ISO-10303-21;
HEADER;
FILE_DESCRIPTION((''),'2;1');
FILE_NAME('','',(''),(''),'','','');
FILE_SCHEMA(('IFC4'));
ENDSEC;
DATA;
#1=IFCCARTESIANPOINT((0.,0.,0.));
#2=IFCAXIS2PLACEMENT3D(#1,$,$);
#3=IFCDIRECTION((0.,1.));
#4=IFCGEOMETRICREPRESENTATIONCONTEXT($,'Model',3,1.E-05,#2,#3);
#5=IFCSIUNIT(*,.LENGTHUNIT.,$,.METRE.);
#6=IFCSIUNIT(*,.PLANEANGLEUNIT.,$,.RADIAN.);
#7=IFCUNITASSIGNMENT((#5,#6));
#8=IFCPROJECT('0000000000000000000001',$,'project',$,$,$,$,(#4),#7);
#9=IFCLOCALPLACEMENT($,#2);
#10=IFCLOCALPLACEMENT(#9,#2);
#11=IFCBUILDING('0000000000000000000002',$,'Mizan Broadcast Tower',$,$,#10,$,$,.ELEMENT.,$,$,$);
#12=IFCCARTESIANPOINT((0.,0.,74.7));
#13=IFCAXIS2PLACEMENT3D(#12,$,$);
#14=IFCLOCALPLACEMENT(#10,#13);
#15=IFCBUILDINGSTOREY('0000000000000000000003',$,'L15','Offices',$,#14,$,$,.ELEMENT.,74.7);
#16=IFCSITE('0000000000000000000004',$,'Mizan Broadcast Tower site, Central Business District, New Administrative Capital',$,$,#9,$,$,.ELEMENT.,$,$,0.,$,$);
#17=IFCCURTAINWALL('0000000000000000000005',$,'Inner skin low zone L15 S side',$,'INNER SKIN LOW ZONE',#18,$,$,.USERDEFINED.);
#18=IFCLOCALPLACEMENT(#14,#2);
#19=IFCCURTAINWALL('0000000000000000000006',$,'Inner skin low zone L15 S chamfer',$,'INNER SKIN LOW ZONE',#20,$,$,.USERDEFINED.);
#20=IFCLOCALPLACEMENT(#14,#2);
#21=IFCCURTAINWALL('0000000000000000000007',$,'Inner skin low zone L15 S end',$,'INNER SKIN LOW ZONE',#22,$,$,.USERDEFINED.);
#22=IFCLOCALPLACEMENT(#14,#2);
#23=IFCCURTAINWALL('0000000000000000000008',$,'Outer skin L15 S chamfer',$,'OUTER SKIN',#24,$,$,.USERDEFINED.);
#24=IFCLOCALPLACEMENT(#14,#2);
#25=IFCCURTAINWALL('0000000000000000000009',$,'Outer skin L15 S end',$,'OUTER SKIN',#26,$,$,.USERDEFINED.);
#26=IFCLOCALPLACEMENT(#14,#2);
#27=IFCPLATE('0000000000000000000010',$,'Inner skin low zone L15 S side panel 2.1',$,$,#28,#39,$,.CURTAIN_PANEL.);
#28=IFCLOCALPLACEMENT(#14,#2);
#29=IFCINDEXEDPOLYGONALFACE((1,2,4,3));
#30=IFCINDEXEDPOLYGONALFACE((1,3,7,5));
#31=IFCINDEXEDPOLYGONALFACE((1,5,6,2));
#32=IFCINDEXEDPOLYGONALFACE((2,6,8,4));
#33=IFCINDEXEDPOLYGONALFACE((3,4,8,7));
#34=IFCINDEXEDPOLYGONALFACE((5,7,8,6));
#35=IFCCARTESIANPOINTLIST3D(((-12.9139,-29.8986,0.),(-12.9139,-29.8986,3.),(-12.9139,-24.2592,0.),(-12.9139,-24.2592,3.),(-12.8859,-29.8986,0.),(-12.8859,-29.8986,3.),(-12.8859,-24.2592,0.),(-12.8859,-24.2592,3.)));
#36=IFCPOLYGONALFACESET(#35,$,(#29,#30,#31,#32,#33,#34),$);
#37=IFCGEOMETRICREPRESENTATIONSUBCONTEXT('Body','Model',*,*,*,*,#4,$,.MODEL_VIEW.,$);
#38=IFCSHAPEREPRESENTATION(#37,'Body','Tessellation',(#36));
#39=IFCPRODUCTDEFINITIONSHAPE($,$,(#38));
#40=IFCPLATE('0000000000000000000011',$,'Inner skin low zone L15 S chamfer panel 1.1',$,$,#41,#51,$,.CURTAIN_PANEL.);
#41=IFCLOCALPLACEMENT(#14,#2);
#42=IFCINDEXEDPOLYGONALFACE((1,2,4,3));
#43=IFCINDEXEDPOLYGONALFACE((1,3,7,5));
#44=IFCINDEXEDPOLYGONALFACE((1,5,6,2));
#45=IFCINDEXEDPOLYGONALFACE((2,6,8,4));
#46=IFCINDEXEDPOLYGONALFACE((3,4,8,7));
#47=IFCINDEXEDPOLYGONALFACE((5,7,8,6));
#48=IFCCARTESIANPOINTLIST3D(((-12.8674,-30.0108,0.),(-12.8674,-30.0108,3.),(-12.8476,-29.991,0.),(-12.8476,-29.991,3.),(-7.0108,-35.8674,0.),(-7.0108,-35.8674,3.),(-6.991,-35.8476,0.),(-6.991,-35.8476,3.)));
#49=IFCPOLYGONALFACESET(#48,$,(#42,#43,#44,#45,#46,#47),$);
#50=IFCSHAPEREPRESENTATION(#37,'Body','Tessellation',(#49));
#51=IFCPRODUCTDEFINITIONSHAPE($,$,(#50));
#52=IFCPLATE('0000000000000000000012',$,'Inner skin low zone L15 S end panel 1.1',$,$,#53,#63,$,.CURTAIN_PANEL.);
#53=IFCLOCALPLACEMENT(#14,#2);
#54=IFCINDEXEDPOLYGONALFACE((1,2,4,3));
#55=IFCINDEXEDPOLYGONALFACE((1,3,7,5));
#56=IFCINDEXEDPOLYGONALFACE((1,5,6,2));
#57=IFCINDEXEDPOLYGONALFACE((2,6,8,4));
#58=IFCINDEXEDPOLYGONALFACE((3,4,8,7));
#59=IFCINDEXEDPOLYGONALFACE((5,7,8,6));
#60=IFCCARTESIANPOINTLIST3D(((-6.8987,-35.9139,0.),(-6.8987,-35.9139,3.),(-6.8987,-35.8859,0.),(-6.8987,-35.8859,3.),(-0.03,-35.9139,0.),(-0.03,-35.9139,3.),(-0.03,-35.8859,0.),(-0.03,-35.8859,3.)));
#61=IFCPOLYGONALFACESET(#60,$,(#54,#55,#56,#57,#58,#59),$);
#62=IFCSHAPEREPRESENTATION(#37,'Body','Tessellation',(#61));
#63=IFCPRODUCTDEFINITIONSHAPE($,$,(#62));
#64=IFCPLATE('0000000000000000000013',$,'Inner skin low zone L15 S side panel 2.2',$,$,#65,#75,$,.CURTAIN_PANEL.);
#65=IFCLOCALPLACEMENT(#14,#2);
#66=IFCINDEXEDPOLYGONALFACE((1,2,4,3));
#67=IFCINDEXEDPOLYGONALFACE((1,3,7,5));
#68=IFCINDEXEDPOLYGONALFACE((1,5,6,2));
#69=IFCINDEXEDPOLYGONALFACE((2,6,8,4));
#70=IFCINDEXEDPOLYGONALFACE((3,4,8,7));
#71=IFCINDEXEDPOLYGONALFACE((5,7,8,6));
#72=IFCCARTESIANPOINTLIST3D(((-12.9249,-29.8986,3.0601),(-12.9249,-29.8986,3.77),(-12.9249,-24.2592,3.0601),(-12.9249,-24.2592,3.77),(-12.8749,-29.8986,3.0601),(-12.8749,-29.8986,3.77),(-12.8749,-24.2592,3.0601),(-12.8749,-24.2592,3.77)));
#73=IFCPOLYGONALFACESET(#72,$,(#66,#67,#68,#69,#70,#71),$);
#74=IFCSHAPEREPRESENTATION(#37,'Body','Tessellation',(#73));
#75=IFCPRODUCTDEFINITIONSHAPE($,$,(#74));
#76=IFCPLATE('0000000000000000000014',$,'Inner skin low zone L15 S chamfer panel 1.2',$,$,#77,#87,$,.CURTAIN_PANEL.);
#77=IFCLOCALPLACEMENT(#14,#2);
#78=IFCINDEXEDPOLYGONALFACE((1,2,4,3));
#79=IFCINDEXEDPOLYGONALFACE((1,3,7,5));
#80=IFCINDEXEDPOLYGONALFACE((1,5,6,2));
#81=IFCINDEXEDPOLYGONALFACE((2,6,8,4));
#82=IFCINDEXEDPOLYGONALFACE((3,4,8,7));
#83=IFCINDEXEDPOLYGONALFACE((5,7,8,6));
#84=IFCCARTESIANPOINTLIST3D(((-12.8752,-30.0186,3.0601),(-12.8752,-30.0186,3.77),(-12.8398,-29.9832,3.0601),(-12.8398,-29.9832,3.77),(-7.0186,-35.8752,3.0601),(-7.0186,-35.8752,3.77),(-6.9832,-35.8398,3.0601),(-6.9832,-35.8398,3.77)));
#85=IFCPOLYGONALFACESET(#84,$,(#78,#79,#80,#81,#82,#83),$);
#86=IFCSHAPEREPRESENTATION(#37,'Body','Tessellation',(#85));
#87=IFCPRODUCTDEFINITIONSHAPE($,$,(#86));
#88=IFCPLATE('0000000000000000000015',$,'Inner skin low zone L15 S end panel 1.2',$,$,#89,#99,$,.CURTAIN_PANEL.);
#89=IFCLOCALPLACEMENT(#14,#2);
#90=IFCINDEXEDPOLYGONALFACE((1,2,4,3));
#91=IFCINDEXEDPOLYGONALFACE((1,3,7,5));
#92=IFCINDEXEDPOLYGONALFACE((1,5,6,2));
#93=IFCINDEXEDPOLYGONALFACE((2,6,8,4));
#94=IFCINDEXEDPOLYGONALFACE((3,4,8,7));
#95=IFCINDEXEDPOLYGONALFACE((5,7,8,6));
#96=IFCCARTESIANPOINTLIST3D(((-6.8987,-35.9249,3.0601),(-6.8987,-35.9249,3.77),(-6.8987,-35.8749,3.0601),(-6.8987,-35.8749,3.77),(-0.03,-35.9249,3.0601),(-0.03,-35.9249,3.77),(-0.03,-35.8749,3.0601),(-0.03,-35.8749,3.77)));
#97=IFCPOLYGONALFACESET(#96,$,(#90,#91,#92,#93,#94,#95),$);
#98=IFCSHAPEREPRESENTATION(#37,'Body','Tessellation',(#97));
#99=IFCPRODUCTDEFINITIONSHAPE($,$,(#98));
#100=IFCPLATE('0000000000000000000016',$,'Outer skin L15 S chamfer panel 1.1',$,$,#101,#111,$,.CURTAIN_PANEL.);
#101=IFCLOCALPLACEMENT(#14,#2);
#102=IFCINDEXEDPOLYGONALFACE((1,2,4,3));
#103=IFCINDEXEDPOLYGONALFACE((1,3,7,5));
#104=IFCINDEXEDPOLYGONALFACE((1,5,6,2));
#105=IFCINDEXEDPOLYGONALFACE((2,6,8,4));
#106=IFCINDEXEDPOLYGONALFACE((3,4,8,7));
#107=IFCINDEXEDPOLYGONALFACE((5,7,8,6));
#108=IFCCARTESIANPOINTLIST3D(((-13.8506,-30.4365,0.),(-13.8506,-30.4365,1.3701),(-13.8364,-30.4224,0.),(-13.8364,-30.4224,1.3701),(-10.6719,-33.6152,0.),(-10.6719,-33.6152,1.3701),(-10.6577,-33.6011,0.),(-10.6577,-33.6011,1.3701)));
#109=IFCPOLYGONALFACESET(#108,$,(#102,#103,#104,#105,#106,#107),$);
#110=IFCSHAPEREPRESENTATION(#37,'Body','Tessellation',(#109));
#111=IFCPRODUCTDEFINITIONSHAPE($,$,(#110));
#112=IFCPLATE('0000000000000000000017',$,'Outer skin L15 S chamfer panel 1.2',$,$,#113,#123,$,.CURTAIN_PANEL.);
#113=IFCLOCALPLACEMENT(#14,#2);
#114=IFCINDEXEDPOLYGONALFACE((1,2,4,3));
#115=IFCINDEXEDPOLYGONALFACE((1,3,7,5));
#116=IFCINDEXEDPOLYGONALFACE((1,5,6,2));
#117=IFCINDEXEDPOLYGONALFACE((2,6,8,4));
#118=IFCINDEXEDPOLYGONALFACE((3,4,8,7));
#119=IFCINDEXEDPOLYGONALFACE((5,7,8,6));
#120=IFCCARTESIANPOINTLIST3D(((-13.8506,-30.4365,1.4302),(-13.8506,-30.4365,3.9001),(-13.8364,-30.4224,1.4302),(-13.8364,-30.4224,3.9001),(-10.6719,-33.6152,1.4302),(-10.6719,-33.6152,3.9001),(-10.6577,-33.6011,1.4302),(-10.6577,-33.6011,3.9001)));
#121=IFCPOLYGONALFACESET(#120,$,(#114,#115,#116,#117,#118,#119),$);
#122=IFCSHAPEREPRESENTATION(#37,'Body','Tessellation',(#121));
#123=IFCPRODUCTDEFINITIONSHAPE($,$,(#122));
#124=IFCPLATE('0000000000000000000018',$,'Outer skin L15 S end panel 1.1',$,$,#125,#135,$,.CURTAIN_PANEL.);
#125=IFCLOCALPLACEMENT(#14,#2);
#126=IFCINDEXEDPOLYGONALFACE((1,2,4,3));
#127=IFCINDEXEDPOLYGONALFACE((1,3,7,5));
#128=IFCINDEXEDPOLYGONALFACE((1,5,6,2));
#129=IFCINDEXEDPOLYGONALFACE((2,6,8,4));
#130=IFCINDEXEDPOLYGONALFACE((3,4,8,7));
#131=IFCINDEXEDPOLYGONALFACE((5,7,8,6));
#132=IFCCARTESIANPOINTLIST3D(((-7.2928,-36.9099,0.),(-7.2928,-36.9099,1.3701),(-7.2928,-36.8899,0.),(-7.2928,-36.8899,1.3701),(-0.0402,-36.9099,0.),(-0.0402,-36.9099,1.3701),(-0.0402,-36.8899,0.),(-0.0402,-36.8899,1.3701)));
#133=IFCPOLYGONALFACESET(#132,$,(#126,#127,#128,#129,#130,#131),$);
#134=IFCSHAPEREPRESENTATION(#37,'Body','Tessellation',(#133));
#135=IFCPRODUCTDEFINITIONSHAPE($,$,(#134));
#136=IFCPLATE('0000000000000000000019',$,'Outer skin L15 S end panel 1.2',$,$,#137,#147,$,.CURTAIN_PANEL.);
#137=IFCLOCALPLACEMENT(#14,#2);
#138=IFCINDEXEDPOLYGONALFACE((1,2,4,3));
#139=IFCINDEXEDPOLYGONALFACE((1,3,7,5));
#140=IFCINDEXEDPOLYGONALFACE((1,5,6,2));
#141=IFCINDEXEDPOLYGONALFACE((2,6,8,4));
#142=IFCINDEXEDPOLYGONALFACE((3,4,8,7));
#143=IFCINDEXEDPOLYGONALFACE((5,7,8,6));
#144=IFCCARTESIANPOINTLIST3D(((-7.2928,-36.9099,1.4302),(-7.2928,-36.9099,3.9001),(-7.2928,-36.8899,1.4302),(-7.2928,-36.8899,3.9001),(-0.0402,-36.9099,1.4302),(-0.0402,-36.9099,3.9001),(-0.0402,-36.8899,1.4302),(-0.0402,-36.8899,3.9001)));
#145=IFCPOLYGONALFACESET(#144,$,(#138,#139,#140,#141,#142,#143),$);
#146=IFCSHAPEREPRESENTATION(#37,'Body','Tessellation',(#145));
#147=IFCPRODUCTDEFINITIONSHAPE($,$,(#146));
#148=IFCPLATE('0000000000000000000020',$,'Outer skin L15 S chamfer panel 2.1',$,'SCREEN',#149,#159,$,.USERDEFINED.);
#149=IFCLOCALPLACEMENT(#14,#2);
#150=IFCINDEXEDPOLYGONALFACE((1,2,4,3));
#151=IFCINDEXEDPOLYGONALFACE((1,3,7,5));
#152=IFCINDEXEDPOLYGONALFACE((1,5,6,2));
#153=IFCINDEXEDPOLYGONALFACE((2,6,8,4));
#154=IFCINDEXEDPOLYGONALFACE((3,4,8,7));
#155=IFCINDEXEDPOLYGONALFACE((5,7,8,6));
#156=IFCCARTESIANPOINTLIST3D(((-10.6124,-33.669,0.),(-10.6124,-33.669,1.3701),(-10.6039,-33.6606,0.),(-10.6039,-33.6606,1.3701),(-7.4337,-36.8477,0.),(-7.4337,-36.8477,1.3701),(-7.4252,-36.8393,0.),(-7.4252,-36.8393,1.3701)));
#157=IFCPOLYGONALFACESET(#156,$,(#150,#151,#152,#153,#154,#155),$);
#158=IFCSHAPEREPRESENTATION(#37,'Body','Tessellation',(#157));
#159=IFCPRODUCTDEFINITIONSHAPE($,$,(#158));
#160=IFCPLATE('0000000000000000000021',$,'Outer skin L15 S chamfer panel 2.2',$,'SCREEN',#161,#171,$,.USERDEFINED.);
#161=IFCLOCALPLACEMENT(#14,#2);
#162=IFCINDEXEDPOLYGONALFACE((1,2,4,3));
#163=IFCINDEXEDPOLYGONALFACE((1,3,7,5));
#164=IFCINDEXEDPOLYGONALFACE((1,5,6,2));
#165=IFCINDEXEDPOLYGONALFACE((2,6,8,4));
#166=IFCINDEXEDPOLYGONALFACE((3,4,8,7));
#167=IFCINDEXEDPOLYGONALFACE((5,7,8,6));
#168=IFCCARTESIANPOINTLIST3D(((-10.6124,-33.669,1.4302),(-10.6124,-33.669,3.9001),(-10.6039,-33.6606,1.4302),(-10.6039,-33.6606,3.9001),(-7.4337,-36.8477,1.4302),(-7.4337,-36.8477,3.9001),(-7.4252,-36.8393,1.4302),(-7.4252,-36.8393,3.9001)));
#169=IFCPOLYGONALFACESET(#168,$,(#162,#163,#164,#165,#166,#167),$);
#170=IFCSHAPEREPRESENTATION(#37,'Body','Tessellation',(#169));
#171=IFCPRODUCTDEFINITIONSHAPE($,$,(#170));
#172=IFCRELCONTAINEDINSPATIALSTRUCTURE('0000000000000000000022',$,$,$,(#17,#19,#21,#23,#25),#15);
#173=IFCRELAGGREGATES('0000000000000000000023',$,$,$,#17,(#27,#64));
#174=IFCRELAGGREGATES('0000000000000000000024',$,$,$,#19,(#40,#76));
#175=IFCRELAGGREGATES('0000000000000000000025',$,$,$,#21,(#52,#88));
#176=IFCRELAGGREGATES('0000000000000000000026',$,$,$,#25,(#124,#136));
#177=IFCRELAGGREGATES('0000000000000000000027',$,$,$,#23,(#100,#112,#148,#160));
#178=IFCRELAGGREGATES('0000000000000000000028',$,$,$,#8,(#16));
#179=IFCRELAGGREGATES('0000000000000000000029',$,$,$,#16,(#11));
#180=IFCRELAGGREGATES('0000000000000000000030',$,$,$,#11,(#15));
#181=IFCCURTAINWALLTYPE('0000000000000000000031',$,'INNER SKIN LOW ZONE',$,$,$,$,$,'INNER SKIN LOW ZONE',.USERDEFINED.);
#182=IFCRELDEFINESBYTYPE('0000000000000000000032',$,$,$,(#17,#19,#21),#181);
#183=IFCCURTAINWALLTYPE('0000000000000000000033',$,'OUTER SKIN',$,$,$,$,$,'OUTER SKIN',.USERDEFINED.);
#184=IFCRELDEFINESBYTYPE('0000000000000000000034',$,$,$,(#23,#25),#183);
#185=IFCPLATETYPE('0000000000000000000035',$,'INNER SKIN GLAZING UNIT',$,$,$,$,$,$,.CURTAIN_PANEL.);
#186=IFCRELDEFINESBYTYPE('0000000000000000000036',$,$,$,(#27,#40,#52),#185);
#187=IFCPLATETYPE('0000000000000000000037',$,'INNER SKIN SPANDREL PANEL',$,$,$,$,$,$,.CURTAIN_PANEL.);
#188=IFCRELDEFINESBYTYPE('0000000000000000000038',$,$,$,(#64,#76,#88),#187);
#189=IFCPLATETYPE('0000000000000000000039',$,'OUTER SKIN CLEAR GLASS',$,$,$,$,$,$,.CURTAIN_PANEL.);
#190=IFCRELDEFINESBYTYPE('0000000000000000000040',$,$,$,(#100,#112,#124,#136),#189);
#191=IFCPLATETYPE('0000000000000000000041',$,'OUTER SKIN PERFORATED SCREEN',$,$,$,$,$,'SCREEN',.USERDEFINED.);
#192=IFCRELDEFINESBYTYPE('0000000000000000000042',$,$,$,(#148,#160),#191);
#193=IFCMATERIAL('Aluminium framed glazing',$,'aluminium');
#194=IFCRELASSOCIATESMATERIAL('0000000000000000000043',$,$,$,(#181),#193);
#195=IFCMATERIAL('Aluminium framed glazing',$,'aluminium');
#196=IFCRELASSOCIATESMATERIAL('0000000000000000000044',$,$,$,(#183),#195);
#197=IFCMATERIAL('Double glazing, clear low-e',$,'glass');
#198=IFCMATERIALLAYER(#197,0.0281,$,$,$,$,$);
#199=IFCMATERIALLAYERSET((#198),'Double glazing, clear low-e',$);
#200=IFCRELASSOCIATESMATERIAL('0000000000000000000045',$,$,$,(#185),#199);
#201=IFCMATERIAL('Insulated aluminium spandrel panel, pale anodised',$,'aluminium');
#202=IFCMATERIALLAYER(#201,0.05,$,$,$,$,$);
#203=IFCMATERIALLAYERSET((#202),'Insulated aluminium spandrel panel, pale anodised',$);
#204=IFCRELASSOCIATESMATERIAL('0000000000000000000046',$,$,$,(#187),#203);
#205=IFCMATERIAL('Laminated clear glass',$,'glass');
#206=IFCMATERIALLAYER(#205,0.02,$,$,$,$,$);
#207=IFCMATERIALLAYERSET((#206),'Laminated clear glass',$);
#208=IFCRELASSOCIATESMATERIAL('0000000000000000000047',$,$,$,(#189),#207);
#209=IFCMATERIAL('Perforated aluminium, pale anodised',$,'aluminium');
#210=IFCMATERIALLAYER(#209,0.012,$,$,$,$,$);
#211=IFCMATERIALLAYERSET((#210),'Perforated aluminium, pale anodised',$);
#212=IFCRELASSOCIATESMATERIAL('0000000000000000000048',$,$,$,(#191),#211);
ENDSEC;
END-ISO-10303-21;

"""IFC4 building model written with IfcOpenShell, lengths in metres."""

from ifc_helpers import new_model, si_unit, direction, frame, origin, origin_2d, place, context, subcontext, project, spatial, rectangle, extrude, material, layer, layer_set, type_object, element, aggregate, save


model = new_model("IFC4")

# Units and contexts
model_context = context("Model", 3, precision=1e-05, world=origin(), true_north=direction((0.0, 1.0)))
body_context = subcontext(model_context, "Body", "Model", "MODEL_VIEW")
ifc_project = project(units=[si_unit("LENGTHUNIT", "METRE"), si_unit("PLANEANGLEUNIT", "RADIAN")], contexts=[model_context])

# Site, building, storey
site_placement = place(None, origin())
site = spatial("IfcSite", under=ifc_project, at=site_placement, Name="Mizan Broadcast Tower site, Central Business District, New Administrative Capital", CompositionType="ELEMENT", RefElevation=0.0)
building_placement = place(site_placement, origin())
building = spatial("IfcBuilding", under=site, at=building_placement, Name="Mizan Broadcast Tower", CompositionType="ELEMENT")
storey_placement = place(building_placement, frame((0.0, 0.0, 74.7)))
storey = spatial("IfcBuildingStorey", under=building, at=storey_placement, Name="L15", Description="Offices", CompositionType="ELEMENT", Elevation=74.7)

# Curtain wall
ifc_material_1 = material(Name="Aluminium framed glazing", Category="aluminium")
curtain_wall_type_1 = type_object("IfcCurtainWallType", Name="INNER SKIN LOW ZONE", ElementType="INNER SKIN LOW ZONE", PredefinedType="USERDEFINED", material=ifc_material_1)
curtain_wall_1_placement = place(storey_placement, origin())
curtain_wall_1 = element("IfcCurtainWall", 1, at=curtain_wall_1_placement, inside=storey, type_object=curtain_wall_type_1, Name="Inner skin low zone L15 S side", ObjectType="INNER SKIN LOW ZONE", PredefinedType="USERDEFINED")

# Curtain wall
curtain_wall_2_placement = place(storey_placement, origin())
curtain_wall_2 = element("IfcCurtainWall", 2, at=curtain_wall_2_placement, inside=storey, type_object=curtain_wall_type_1, Name="Inner skin low zone L15 S chamfer", ObjectType="INNER SKIN LOW ZONE", PredefinedType="USERDEFINED")

# Curtain wall
curtain_wall_3_placement = place(storey_placement, origin())
curtain_wall_3 = element("IfcCurtainWall", 3, at=curtain_wall_3_placement, inside=storey, type_object=curtain_wall_type_1, Name="Inner skin low zone L15 S end", ObjectType="INNER SKIN LOW ZONE", PredefinedType="USERDEFINED")
ifc_material_2 = material(Name="Aluminium framed glazing", Category="aluminium")
curtain_wall_type_2 = type_object("IfcCurtainWallType", Name="OUTER SKIN", ElementType="OUTER SKIN", PredefinedType="USERDEFINED", material=ifc_material_2)

# Curtain wall
curtain_wall_4_placement = place(storey_placement, origin())
curtain_wall_4 = element("IfcCurtainWall", 4, at=curtain_wall_4_placement, inside=storey, type_object=curtain_wall_type_2, Name="Outer skin L15 S chamfer", ObjectType="OUTER SKIN", PredefinedType="USERDEFINED")

# Curtain wall
curtain_wall_5_placement = place(storey_placement, origin())
curtain_wall_5 = element("IfcCurtainWall", 5, at=curtain_wall_5_placement, inside=storey, type_object=curtain_wall_type_2, Name="Outer skin L15 S end", ObjectType="OUTER SKIN", PredefinedType="USERDEFINED")

# Plates
ifc_material_3 = material(Name="Double glazing, clear low-e", Category="glass")
ifc_layer_1 = layer(ifc_material_3, 0.0281)
ifc_layer_set_1 = layer_set([ifc_layer_1], Name="Double glazing, clear low-e")
plate_type_1 = type_object("IfcPlateType", Name="INNER SKIN GLAZING UNIT", PredefinedType="CURTAIN_PANEL", material=ifc_layer_set_1)
plate_1_placement = place(storey_placement, frame((-12.8999, -27.0789, 0.0), z_axis=(0.0, 0.0, 1.0), x_axis=(0.0, -1.0, 0.0)))
plate_1 = element("IfcPlate", 6, at=plate_1_placement, type_object=plate_type_1, Name="Inner skin low zone L15 S side panel 2.1", PredefinedType="CURTAIN_PANEL", context=body_context, shape_type="SweptSolid", body=[
    extrude(rectangle(XDim=5.6394, YDim=0.0281, at=origin_2d()), origin(), (0.0, 0.0, 1.0), 3.0),
])
plate_2_placement = place(storey_placement, frame((-9.9292, -32.9292, 0.0), z_axis=(0.0, 0.0, 1.0), x_axis=(0.707107, -0.707107, 0.0)))
plate_2 = element("IfcPlate", 7, at=plate_2_placement, type_object=plate_type_1, Name="Inner skin low zone L15 S chamfer panel 1.1", PredefinedType="CURTAIN_PANEL", context=body_context, shape_type="SweptSolid", body=[
    extrude(rectangle(XDim=8.2825, YDim=0.0281, at=origin_2d()), origin(), (0.0, 0.0, 1.0), 3.0),
])
plate_3_placement = place(storey_placement, frame((-3.4644, -35.8999, 0.0), z_axis=(0.0, 0.0, 1.0), x_axis=(1.0, 0.0, 0.0)))
plate_3 = element("IfcPlate", 8, at=plate_3_placement, type_object=plate_type_1, Name="Inner skin low zone L15 S end panel 1.1", PredefinedType="CURTAIN_PANEL", context=body_context, shape_type="SweptSolid", body=[
    extrude(rectangle(XDim=6.8687, YDim=0.0281, at=origin_2d()), origin(), (0.0, 0.0, 1.0), 3.0),
])
ifc_material_4 = material(Name="Insulated aluminium spandrel panel, pale anodised", Category="aluminium")
ifc_layer_2 = layer(ifc_material_4, 0.05)
ifc_layer_set_2 = layer_set([ifc_layer_2], Name="Insulated aluminium spandrel panel, pale anodised")
plate_type_2 = type_object("IfcPlateType", Name="INNER SKIN SPANDREL PANEL", PredefinedType="CURTAIN_PANEL", material=ifc_layer_set_2)
plate_4_placement = place(storey_placement, frame((-12.8999, -27.0789, 3.0601), z_axis=(0.0, 0.0, 1.0), x_axis=(0.0, -1.0, 0.0)))
plate_4 = element("IfcPlate", 9, at=plate_4_placement, type_object=plate_type_2, Name="Inner skin low zone L15 S side panel 2.2", PredefinedType="CURTAIN_PANEL", context=body_context, shape_type="SweptSolid", body=[
    extrude(rectangle(XDim=5.6394, YDim=0.05, at=origin_2d()), origin(), (0.0, 0.0, 1.0), 0.71),
])
aggregate(curtain_wall_1, [plate_1, plate_4])
plate_5_placement = place(storey_placement, frame((-9.9292, -32.9292, 3.0601), z_axis=(0.0, 0.0, 1.0), x_axis=(0.707107, -0.707107, 0.0)))
plate_5 = element("IfcPlate", 10, at=plate_5_placement, type_object=plate_type_2, Name="Inner skin low zone L15 S chamfer panel 1.2", PredefinedType="CURTAIN_PANEL", context=body_context, shape_type="SweptSolid", body=[
    extrude(rectangle(XDim=8.2825, YDim=0.05, at=origin_2d()), origin(), (0.0, 0.0, 1.0), 0.71),
])
aggregate(curtain_wall_2, [plate_2, plate_5])
plate_6_placement = place(storey_placement, frame((-3.4644, -35.8999, 3.0601), z_axis=(0.0, 0.0, 1.0), x_axis=(1.0, 0.0, 0.0)))
plate_6 = element("IfcPlate", 11, at=plate_6_placement, type_object=plate_type_2, Name="Inner skin low zone L15 S end panel 1.2", PredefinedType="CURTAIN_PANEL", context=body_context, shape_type="SweptSolid", body=[
    extrude(rectangle(XDim=6.8687, YDim=0.05, at=origin_2d()), origin(), (0.0, 0.0, 1.0), 0.71),
])
aggregate(curtain_wall_3, [plate_3, plate_6])
ifc_material_5 = material(Name="Laminated clear glass", Category="glass")
ifc_layer_3 = layer(ifc_material_5, 0.02)
ifc_layer_set_3 = layer_set([ifc_layer_3], Name="Laminated clear glass")
plate_type_3 = type_object("IfcPlateType", Name="OUTER SKIN CLEAR GLASS", PredefinedType="CURTAIN_PANEL", material=ifc_layer_set_3)
plate_7_placement = place(storey_placement, frame((-12.2542, -32.0188, 0.0), z_axis=(0.0, 0.0, 1.0), x_axis=(0.707107, -0.707107, 0.0)))
plate_7 = element("IfcPlate", 12, at=plate_7_placement, type_object=plate_type_3, Name="Outer skin L15 S chamfer panel 1.1", PredefinedType="CURTAIN_PANEL", context=body_context, shape_type="SweptSolid", body=[
    extrude(rectangle(XDim=4.4954, YDim=0.02, at=origin_2d()), origin(), (0.0, 0.0, 1.0), 1.3701),
])
plate_8_placement = place(storey_placement, frame((-12.2542, -32.0188, 1.4302), z_axis=(0.0, 0.0, 1.0), x_axis=(0.707107, -0.707107, 0.0)))
plate_8 = element("IfcPlate", 13, at=plate_8_placement, type_object=plate_type_3, Name="Outer skin L15 S chamfer panel 1.2", PredefinedType="CURTAIN_PANEL", context=body_context, shape_type="SweptSolid", body=[
    extrude(rectangle(XDim=4.4954, YDim=0.02, at=origin_2d()), origin(), (0.0, 0.0, 1.0), 2.47),
])
plate_9_placement = place(storey_placement, frame((-3.6665, -36.8999, 0.0), z_axis=(0.0, 0.0, 1.0), x_axis=(1.0, 0.0, 0.0)))
plate_9 = element("IfcPlate", 14, at=plate_9_placement, type_object=plate_type_3, Name="Outer skin L15 S end panel 1.1", PredefinedType="CURTAIN_PANEL", context=body_context, shape_type="SweptSolid", body=[
    extrude(rectangle(XDim=7.2527, YDim=0.02, at=origin_2d()), origin(), (0.0, 0.0, 1.0), 1.3701),
])
plate_10_placement = place(storey_placement, frame((-3.6665, -36.8999, 1.4302), z_axis=(0.0, 0.0, 1.0), x_axis=(1.0, 0.0, 0.0)))
plate_10 = element("IfcPlate", 15, at=plate_10_placement, type_object=plate_type_3, Name="Outer skin L15 S end panel 1.2", PredefinedType="CURTAIN_PANEL", context=body_context, shape_type="SweptSolid", body=[
    extrude(rectangle(XDim=7.2527, YDim=0.02, at=origin_2d()), origin(), (0.0, 0.0, 1.0), 2.47),
])
aggregate(curtain_wall_5, [plate_9, plate_10])
ifc_material_6 = material(Name="Perforated aluminium, pale anodised", Category="aluminium")
ifc_layer_4 = layer(ifc_material_6, 0.012)
ifc_layer_set_4 = layer_set([ifc_layer_4], Name="Perforated aluminium, pale anodised")
plate_type_4 = type_object("IfcPlateType", Name="OUTER SKIN PERFORATED SCREEN", ElementType="SCREEN", PredefinedType="USERDEFINED", material=ifc_layer_set_4)
plate_11_placement = place(storey_placement, frame((-9.0188, -35.2542, 0.0), z_axis=(0.0, 0.0, 1.0), x_axis=(0.707107, -0.707107, 0.0)))
plate_11 = element("IfcPlate", 16, at=plate_11_placement, type_object=plate_type_4, Name="Outer skin L15 S chamfer panel 2.1", ObjectType="SCREEN", PredefinedType="USERDEFINED", context=body_context, shape_type="SweptSolid", body=[
    extrude(rectangle(XDim=4.4954, YDim=0.012, at=origin_2d()), origin(), (0.0, 0.0, 1.0), 1.3701),
])
plate_12_placement = place(storey_placement, frame((-9.0188, -35.2542, 1.4302), z_axis=(0.0, 0.0, 1.0), x_axis=(0.707107, -0.707107, 0.0)))
plate_12 = element("IfcPlate", 17, at=plate_12_placement, type_object=plate_type_4, Name="Outer skin L15 S chamfer panel 2.2", ObjectType="SCREEN", PredefinedType="USERDEFINED", context=body_context, shape_type="SweptSolid", body=[
    extrude(rectangle(XDim=4.4954, YDim=0.012, at=origin_2d()), origin(), (0.0, 0.0, 1.0), 2.47),
])
aggregate(curtain_wall_4, [plate_7, plate_8, plate_11, plate_12])

save(model, "model.ifc")
